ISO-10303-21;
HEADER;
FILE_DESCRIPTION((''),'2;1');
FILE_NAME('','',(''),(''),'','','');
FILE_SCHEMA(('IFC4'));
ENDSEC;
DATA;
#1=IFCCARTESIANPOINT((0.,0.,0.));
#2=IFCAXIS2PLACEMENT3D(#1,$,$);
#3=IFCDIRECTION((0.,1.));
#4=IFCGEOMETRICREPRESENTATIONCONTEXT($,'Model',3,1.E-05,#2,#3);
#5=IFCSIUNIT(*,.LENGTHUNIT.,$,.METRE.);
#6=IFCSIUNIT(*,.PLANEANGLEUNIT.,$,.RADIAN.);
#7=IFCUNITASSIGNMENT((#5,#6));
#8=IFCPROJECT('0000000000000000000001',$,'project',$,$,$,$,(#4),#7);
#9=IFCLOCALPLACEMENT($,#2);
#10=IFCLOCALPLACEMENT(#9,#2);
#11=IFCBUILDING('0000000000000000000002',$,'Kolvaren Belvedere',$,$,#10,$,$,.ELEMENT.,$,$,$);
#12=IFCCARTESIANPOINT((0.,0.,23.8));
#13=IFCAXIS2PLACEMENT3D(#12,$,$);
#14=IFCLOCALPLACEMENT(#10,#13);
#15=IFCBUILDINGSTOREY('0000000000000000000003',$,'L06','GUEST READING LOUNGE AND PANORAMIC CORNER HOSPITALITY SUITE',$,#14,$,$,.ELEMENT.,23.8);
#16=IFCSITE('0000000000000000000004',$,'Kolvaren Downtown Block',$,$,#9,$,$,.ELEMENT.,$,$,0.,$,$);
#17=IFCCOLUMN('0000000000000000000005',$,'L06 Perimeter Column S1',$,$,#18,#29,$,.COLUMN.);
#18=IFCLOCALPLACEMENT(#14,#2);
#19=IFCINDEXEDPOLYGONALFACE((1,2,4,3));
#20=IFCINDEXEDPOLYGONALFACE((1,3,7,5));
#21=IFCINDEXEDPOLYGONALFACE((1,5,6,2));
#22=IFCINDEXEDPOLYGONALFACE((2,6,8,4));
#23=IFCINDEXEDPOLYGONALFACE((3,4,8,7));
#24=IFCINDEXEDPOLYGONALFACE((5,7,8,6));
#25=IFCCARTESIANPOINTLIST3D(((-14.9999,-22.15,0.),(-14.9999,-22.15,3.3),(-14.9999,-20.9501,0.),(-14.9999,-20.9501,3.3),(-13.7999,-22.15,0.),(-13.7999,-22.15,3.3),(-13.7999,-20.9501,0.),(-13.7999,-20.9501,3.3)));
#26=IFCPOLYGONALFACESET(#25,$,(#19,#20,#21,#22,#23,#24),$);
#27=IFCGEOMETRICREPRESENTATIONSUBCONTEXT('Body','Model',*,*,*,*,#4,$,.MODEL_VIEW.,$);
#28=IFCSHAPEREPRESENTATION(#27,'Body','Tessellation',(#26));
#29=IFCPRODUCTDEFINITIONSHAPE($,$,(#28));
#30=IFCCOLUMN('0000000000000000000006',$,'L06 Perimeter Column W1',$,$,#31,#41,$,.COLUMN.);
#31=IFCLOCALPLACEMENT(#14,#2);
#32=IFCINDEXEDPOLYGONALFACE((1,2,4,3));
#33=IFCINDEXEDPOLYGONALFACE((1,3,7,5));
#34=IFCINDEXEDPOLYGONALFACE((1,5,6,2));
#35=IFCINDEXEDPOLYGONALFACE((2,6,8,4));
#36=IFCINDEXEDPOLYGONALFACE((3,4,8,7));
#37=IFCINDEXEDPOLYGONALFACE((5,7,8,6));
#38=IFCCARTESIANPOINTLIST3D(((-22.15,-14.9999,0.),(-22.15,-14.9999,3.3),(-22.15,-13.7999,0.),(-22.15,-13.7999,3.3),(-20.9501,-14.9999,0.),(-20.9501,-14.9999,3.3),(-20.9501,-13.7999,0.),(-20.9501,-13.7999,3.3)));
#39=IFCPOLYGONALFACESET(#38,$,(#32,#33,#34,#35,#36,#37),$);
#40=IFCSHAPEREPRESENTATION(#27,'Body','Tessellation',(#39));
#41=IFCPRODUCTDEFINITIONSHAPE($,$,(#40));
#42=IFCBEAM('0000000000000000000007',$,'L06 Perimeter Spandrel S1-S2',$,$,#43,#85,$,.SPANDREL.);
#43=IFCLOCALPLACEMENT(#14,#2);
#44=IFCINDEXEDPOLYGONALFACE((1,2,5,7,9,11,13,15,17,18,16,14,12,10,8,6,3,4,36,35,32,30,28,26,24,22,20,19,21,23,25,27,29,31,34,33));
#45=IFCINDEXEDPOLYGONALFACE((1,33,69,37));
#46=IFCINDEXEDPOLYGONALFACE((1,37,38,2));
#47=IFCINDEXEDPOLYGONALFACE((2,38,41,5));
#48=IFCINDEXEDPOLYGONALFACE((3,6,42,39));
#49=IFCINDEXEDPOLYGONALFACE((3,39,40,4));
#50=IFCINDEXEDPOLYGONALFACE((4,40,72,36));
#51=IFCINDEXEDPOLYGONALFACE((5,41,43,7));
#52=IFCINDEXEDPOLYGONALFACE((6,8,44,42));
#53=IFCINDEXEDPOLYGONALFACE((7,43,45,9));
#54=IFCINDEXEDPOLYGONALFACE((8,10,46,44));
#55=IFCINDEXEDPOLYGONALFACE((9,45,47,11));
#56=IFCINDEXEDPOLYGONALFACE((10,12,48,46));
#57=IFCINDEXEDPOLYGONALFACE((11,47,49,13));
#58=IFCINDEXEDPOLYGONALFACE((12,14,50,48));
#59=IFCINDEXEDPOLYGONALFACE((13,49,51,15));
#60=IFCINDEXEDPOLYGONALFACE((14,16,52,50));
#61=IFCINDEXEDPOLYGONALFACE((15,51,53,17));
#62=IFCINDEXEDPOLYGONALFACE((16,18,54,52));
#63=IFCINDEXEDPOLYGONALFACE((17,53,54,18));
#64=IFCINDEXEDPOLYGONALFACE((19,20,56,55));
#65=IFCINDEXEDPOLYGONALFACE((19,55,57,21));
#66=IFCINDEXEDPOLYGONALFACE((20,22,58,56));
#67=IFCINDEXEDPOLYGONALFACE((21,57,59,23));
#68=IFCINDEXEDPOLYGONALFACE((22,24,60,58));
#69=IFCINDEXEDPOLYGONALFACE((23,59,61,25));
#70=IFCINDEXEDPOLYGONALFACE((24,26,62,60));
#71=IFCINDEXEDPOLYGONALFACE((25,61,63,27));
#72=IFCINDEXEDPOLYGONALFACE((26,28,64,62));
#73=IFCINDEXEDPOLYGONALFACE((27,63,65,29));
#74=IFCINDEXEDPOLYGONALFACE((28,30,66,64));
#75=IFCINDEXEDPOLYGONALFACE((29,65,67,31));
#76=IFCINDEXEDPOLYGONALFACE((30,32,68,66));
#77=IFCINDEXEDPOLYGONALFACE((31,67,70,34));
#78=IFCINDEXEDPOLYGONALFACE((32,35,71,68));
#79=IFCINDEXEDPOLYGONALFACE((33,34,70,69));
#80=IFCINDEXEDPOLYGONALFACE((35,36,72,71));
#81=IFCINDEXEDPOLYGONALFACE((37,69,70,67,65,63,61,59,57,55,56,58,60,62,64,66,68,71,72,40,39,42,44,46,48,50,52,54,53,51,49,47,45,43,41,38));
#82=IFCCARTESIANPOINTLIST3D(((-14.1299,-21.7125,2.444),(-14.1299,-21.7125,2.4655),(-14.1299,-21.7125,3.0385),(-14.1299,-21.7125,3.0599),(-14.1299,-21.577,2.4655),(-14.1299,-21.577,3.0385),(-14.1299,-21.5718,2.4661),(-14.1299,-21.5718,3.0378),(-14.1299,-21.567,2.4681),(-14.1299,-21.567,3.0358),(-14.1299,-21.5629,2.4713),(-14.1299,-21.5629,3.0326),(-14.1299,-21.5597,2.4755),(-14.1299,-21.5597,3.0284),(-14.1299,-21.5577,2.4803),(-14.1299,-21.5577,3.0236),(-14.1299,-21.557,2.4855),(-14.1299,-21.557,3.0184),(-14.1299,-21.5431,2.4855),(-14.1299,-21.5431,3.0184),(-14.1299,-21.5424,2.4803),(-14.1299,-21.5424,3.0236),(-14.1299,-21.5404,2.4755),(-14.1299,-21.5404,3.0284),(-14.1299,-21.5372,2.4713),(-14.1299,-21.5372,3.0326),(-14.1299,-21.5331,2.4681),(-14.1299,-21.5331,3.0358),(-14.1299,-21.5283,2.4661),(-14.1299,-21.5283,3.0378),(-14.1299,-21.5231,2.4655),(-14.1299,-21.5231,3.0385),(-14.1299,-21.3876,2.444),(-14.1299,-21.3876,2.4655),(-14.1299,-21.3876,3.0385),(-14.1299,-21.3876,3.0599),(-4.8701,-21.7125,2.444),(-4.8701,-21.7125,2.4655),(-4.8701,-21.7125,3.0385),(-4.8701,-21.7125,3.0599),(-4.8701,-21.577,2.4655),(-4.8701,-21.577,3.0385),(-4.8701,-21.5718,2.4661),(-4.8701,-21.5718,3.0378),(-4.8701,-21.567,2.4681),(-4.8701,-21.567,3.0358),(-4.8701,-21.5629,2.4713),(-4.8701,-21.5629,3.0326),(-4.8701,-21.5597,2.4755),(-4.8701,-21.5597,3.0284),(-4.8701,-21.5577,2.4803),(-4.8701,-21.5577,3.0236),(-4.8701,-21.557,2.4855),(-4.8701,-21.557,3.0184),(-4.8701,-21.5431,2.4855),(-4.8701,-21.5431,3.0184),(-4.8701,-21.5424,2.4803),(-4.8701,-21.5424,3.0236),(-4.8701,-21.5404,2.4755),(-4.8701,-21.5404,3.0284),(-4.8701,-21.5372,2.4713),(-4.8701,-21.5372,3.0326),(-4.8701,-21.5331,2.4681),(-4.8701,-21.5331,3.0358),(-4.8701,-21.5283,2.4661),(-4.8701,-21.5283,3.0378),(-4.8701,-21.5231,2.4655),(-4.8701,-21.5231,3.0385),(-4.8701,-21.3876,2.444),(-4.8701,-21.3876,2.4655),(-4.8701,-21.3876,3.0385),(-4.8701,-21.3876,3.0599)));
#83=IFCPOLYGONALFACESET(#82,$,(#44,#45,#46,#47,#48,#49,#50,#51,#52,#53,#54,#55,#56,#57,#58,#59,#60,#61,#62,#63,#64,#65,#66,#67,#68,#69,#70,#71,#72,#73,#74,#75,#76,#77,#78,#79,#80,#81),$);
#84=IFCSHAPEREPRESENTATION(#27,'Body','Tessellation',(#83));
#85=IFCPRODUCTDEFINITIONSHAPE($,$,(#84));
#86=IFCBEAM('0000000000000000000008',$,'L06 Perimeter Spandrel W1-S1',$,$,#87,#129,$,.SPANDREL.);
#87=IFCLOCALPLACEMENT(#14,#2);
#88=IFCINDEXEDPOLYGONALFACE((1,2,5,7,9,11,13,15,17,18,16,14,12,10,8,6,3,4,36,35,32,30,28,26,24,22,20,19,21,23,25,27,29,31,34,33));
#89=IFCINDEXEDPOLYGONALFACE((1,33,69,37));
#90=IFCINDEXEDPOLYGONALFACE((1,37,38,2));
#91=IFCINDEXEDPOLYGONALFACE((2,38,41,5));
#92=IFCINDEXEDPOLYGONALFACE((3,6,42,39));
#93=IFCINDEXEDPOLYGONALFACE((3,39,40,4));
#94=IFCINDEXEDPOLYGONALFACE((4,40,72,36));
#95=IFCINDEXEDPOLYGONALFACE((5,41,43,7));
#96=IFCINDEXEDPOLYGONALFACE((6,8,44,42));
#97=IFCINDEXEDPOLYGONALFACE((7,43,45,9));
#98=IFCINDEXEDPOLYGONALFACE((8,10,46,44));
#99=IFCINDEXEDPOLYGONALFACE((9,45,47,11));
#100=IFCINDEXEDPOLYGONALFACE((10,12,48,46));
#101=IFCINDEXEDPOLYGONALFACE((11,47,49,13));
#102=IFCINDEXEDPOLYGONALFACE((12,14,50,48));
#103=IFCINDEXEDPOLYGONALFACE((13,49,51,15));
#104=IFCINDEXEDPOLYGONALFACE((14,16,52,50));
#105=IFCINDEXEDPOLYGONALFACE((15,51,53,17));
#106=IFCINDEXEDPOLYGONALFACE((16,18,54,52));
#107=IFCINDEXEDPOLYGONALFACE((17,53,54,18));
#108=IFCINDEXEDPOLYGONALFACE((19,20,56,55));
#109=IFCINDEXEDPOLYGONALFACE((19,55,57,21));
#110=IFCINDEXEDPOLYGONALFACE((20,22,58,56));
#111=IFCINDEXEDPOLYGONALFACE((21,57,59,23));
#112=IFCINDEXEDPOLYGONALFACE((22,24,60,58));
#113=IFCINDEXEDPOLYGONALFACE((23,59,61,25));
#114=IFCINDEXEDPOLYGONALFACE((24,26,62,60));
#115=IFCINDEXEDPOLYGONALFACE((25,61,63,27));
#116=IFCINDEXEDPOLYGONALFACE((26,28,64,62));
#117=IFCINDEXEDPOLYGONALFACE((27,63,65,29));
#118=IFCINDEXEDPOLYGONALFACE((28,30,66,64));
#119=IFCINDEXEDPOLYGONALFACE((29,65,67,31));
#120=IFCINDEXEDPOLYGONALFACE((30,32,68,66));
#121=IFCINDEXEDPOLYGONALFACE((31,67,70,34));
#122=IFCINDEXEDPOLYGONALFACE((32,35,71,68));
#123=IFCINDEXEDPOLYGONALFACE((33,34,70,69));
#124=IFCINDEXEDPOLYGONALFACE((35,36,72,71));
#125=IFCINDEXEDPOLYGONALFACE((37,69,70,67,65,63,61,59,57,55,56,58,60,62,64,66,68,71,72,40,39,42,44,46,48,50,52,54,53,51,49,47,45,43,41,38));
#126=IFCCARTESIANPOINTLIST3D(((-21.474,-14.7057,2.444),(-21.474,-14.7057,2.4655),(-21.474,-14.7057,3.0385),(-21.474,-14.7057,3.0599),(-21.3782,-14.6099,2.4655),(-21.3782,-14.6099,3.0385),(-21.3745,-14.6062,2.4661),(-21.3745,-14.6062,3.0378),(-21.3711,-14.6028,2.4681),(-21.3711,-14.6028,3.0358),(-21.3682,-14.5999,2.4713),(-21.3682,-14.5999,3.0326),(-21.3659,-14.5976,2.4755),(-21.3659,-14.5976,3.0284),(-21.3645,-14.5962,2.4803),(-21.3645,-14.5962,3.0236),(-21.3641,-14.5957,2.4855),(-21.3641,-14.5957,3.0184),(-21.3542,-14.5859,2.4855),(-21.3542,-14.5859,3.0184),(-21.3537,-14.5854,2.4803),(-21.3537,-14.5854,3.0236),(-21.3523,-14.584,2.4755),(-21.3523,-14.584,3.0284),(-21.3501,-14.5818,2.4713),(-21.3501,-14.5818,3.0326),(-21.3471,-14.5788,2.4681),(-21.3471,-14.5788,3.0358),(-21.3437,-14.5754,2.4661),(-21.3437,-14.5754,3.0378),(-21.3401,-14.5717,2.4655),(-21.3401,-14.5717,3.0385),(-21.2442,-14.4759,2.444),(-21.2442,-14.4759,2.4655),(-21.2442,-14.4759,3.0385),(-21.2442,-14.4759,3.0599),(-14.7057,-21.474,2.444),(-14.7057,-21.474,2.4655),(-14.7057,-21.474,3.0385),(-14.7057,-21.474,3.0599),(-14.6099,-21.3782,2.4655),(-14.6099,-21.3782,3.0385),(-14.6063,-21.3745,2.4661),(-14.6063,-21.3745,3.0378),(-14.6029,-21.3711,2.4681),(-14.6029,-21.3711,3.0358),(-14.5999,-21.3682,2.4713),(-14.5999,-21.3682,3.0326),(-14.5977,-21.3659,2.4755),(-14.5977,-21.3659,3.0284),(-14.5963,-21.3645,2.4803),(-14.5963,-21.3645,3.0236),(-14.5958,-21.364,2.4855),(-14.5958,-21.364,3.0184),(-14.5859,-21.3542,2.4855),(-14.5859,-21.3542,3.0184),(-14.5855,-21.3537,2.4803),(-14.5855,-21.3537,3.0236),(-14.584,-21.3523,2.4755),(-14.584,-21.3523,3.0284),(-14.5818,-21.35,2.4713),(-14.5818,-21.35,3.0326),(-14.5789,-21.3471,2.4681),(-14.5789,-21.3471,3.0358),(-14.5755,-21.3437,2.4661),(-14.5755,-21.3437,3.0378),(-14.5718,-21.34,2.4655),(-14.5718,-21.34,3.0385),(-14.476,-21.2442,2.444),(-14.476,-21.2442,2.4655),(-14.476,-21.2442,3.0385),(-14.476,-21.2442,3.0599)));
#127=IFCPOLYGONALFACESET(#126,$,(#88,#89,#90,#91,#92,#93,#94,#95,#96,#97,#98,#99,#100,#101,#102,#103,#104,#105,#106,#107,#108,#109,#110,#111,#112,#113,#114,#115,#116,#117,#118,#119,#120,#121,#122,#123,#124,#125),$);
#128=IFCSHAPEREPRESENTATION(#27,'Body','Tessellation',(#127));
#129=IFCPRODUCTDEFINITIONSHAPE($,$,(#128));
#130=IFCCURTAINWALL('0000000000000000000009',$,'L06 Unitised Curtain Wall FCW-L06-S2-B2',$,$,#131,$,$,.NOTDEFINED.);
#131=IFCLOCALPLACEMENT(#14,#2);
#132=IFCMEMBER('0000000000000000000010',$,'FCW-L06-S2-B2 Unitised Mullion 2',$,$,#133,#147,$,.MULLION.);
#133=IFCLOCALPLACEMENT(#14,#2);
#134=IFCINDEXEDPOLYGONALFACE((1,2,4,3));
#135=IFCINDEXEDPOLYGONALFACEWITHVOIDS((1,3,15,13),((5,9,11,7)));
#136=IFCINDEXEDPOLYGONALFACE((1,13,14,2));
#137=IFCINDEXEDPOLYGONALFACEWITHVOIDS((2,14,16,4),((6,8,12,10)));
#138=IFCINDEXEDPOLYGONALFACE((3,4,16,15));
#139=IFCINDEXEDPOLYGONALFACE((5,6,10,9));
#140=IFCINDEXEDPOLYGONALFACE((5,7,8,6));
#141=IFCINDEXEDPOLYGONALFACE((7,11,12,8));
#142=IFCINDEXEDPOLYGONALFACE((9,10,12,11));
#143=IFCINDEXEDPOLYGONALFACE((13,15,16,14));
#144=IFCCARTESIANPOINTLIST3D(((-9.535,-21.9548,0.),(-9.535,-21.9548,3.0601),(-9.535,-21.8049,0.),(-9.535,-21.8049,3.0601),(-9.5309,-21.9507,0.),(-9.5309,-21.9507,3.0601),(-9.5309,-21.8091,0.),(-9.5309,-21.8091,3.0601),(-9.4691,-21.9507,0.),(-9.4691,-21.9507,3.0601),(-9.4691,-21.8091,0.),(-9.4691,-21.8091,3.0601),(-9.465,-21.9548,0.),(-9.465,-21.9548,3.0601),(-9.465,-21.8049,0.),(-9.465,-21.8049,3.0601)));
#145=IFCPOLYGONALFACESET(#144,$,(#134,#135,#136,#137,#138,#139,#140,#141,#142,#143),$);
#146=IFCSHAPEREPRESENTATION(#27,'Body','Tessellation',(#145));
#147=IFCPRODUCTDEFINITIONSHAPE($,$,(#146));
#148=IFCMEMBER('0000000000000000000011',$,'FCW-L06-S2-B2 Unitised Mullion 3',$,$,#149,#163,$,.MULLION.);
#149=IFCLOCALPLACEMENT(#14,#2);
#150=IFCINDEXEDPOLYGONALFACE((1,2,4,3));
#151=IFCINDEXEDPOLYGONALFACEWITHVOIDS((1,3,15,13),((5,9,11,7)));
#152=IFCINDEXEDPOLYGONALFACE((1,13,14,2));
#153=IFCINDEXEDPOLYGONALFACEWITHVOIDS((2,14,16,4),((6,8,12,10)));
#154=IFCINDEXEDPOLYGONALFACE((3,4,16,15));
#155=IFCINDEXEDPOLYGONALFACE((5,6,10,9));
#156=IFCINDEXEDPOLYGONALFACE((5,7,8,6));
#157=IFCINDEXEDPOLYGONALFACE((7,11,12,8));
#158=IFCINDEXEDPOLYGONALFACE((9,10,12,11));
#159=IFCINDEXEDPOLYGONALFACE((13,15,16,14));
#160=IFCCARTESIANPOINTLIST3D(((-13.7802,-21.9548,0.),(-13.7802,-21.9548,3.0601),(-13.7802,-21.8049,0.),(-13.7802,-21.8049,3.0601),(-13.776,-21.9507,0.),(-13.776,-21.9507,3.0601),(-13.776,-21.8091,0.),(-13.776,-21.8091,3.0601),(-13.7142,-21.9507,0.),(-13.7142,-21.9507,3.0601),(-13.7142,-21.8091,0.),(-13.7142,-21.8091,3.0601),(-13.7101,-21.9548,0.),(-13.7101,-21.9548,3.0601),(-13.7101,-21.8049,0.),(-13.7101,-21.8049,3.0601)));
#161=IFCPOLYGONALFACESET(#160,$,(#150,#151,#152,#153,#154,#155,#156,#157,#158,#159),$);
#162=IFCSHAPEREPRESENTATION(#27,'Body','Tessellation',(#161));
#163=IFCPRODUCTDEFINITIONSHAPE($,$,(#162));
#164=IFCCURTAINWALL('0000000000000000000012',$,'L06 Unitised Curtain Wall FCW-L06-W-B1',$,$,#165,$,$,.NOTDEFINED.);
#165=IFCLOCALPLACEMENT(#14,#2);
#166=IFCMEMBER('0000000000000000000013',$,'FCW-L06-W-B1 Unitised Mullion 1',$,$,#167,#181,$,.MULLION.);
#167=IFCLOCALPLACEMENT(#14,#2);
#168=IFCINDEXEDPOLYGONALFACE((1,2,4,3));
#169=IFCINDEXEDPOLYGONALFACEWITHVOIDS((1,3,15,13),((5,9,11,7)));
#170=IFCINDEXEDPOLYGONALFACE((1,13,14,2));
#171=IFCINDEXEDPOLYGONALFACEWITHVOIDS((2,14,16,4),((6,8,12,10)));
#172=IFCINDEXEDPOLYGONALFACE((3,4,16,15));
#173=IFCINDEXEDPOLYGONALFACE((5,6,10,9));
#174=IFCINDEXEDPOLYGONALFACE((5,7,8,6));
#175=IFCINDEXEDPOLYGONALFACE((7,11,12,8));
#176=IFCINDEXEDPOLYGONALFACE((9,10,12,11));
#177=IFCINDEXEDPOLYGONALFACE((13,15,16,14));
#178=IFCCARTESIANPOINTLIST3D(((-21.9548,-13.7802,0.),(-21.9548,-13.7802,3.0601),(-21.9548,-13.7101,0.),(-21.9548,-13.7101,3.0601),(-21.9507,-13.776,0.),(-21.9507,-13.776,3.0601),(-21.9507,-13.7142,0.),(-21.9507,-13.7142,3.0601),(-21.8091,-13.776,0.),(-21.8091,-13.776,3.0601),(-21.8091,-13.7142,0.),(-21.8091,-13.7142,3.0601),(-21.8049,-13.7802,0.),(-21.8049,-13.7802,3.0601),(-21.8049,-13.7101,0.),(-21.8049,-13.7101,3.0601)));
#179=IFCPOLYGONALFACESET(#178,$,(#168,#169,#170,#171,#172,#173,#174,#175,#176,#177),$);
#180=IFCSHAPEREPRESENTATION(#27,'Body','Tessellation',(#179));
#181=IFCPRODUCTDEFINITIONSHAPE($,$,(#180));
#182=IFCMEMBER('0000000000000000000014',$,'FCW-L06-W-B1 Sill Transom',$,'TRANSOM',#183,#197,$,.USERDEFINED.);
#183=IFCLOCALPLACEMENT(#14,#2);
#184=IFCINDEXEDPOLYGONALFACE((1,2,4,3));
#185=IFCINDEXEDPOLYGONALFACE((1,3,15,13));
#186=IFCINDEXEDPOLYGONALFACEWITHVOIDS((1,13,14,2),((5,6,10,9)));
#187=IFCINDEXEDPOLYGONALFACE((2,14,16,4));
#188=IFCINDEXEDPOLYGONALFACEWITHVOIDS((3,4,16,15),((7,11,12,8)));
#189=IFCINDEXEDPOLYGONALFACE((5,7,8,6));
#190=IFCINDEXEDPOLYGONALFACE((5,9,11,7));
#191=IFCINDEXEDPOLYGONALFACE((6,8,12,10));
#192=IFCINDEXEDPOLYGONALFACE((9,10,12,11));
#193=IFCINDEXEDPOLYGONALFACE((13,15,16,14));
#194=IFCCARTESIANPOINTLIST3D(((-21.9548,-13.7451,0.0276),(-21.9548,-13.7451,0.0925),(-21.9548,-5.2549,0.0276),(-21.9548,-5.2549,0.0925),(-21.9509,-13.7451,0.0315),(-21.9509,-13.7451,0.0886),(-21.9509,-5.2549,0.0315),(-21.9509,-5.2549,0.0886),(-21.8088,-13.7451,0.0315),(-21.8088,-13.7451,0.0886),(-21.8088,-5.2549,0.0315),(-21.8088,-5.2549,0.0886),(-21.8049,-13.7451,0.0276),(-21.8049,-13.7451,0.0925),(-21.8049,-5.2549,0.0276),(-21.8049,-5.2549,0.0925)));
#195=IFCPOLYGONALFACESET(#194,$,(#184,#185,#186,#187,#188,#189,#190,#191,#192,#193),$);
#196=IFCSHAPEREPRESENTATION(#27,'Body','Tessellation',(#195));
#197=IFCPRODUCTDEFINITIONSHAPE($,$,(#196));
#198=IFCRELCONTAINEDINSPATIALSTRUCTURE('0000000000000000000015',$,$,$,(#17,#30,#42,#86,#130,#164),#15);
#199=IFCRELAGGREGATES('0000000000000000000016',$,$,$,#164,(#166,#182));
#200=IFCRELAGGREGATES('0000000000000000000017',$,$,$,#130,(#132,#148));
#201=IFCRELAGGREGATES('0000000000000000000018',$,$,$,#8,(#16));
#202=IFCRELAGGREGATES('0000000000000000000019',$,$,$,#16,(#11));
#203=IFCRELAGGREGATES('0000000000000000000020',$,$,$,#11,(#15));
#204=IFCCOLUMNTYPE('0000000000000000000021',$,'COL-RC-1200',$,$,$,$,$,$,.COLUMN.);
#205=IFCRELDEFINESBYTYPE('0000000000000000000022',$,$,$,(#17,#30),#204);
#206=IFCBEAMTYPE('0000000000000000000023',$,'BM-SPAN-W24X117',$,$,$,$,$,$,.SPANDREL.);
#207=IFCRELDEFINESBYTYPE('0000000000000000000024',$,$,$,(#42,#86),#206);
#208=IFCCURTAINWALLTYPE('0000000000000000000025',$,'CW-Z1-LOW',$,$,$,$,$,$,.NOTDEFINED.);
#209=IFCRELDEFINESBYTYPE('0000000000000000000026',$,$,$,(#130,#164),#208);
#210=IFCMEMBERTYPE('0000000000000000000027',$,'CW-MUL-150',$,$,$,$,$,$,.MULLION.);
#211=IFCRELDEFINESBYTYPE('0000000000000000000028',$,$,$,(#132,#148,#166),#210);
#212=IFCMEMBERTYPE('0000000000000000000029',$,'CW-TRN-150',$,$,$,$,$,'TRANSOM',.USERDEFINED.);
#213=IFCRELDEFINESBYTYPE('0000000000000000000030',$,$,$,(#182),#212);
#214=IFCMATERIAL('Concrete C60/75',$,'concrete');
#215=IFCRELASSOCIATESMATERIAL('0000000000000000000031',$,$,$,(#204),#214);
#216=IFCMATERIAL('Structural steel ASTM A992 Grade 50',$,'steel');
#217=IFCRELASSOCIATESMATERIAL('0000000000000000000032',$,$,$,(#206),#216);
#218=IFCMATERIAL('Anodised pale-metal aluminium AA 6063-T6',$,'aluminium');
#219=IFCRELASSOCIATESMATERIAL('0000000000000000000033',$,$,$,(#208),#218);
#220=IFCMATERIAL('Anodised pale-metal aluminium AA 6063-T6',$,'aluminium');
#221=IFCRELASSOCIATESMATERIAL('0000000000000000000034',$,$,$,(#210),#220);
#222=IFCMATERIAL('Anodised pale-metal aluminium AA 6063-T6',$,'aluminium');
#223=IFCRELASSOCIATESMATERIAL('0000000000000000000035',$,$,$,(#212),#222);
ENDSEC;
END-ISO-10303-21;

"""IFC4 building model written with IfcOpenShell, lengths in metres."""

from ifc_helpers import new_model, si_unit, direction, frame, origin, origin_2d, place, context, subcontext, project, spatial, rectangle, hollow_rectangle, i_section, extrude, material, material_profile, profile_set, type_object, element, aggregate, save


model = new_model("IFC4")

# Units and contexts
model_context = context("Model", 3, precision=1e-05, world=origin(), true_north=direction((0.0, 1.0)))
body_context = subcontext(model_context, "Body", "Model", "MODEL_VIEW")
ifc_project = project(units=[si_unit("LENGTHUNIT", "METRE"), si_unit("PLANEANGLEUNIT", "RADIAN")], contexts=[model_context])

# Site, building, storey
site_placement = place(None, origin())
site = spatial("IfcSite", under=ifc_project, at=site_placement, Name="Kolvaren Downtown Block", CompositionType="ELEMENT", RefElevation=0.0)
building_placement = place(site_placement, origin())
building = spatial("IfcBuilding", under=site, at=building_placement, Name="Kolvaren Belvedere", CompositionType="ELEMENT")
storey_placement = place(building_placement, frame((0.0, 0.0, 23.8)))
storey = spatial("IfcBuildingStorey", under=building, at=storey_placement, Name="L06", Description="GUEST READING LOUNGE AND PANORAMIC CORNER HOSPITALITY SUITE", CompositionType="ELEMENT", Elevation=23.8)

# Columns
ifc_material_1 = material(Name="Concrete C60/75", Category="concrete")
ifc_material_profile_1 = material_profile(ifc_material_1, rectangle(XDim=1.2, YDim=1.2, at=origin_2d()), Name="RC 1200X1200")
ifc_profile_set_1 = profile_set([ifc_material_profile_1], Name="Concrete C60/75")
column_type = type_object("IfcColumnType", Name="COL-RC-1200", PredefinedType="COLUMN", material=ifc_profile_set_1)
for number, where, z_axis, x_axis, name in (
    (1, (-14.3999, -21.55, 0.0), (0.0, 0.0, 1.0), (1.0, 0.0, 0.0), "L06 Perimeter Column S1"),
    (2, (-21.55, -14.3999, 0.0), (0.0, 0.0, 1.0), (1.0, 0.0, 0.0), "L06 Perimeter Column W1"),
):
    element("IfcColumn", number, at=place(storey_placement, frame(where, z_axis=z_axis, x_axis=x_axis)), inside=storey, type_object=column_type, Name=name, PredefinedType="COLUMN", context=body_context, shape_type="SweptSolid", body=[
        extrude(rectangle(XDim=1.2, YDim=1.2, at=origin_2d()), origin(), (0.0, 0.0, 1.0), 3.3),
    ])

# Beams
ifc_material_2 = material(Name="Structural steel ASTM A992 Grade 50", Category="steel")
ifc_material_profile_2 = material_profile(ifc_material_2, i_section(OverallWidth=0.325, OverallDepth=0.616, WebThickness=0.0139, FlangeThickness=0.0215, FilletRadius=0.02, at=origin_2d()), Name="W24X117")
ifc_profile_set_2 = profile_set([ifc_material_profile_2], Name="Structural steel ASTM A992 Grade 50")
beam_type = type_object("IfcBeamType", Name="BM-SPAN-W24X117", PredefinedType="SPANDREL", material=ifc_profile_set_2)
beam_1_placement = place(storey_placement, frame((-14.1299, -21.55, 2.752), z_axis=(1.0, 0.0, 0.0), x_axis=(0.0, 1.0, 0.0)))
element("IfcBeam", 3, at=beam_1_placement, inside=storey, type_object=beam_type, Name="L06 Perimeter Spandrel S1-S2", PredefinedType="SPANDREL", context=body_context, shape_type="SweptSolid", body=[
    extrude(i_section(OverallWidth=0.325, OverallDepth=0.616, WebThickness=0.0139, FlangeThickness=0.0215, FilletRadius=0.02, at=origin_2d()), origin(), (0.0, 0.0, 1.0), 9.2598),
])
beam_2_placement = place(storey_placement, frame((-21.3591, -14.5908, 2.752), z_axis=(0.707107, -0.707107, 0.0), x_axis=(0.707107, 0.707107, 0.0)))
element("IfcBeam", 4, at=beam_2_placement, inside=storey, type_object=beam_type, Name="L06 Perimeter Spandrel W1-S1", PredefinedType="SPANDREL", context=body_context, shape_type="SweptSolid", body=[
    extrude(i_section(OverallWidth=0.325, OverallDepth=0.616, WebThickness=0.0139, FlangeThickness=0.0215, FilletRadius=0.02, at=origin_2d()), origin(), (0.0, 0.0, 1.0), 9.5718),
])

# Curtain walls, members
ifc_material_3 = material(Name="Anodised pale-metal aluminium AA 6063-T6", Category="aluminium")
curtain_wall_type = type_object("IfcCurtainWallType", Name="CW-Z1-LOW", PredefinedType="NOTDEFINED", material=ifc_material_3)
curtain_wall_1_placement = place(storey_placement, origin())
curtain_wall_1 = element("IfcCurtainWall", 5, at=curtain_wall_1_placement, inside=storey, type_object=curtain_wall_type, Name="L06 Unitised Curtain Wall FCW-L06-S2-B2", PredefinedType="NOTDEFINED")
ifc_material_4 = material(Name="Anodised pale-metal aluminium AA 6063-T6", Category="aluminium")
ifc_material_profile_3 = material_profile(ifc_material_4, hollow_rectangle(XDim=0.0701, YDim=0.1499, WallThickness=0.0042, at=origin_2d()), Name="ALU-MUL-150X70")
ifc_profile_set_3 = profile_set([ifc_material_profile_3], Name="Anodised pale-metal aluminium AA 6063-T6")
member_type_1 = type_object("IfcMemberType", Name="CW-MUL-150", PredefinedType="MULLION", material=ifc_profile_set_3)
member_1_placement = place(storey_placement, frame((-9.5, -21.8799, 0.0), z_axis=(0.0, 0.0, 1.0), x_axis=(1.0, 0.0, 0.0)))
member_1 = element("IfcMember", 6, at=member_1_placement, type_object=member_type_1, Name="FCW-L06-S2-B2 Unitised Mullion 2", PredefinedType="MULLION", context=body_context, shape_type="SweptSolid", body=[
    extrude(hollow_rectangle(XDim=0.0701, YDim=0.1499, WallThickness=0.0042, at=origin_2d()), origin(), (0.0, 0.0, 1.0), 3.0601),
])
member_2_placement = place(storey_placement, frame((-13.7451, -21.8799, 0.0), z_axis=(0.0, 0.0, 1.0), x_axis=(1.0, 0.0, 0.0)))
member_2 = element("IfcMember", 7, at=member_2_placement, type_object=member_type_1, Name="FCW-L06-S2-B2 Unitised Mullion 3", PredefinedType="MULLION", context=body_context, shape_type="SweptSolid", body=[
    extrude(hollow_rectangle(XDim=0.0701, YDim=0.1499, WallThickness=0.0042, at=origin_2d()), origin(), (0.0, 0.0, 1.0), 3.0601),
])
curtain_wall_2_placement = place(storey_placement, origin())
curtain_wall_2 = element("IfcCurtainWall", 8, at=curtain_wall_2_placement, inside=storey, type_object=curtain_wall_type, Name="L06 Unitised Curtain Wall FCW-L06-W-B1", PredefinedType="NOTDEFINED")
member_3_placement = place(storey_placement, frame((-21.8799, -13.7451, 0.0), z_axis=(0.0, 0.0, 1.0), x_axis=(0.0, 1.0, 0.0)))
member_3 = element("IfcMember", 9, at=member_3_placement, type_object=member_type_1, Name="FCW-L06-W-B1 Unitised Mullion 1", PredefinedType="MULLION", context=body_context, shape_type="SweptSolid", body=[
    extrude(hollow_rectangle(XDim=0.0701, YDim=0.1499, WallThickness=0.0042, at=origin_2d()), origin(), (0.0, 0.0, 1.0), 3.0601),
])
ifc_material_5 = material(Name="Anodised pale-metal aluminium AA 6063-T6", Category="aluminium")
ifc_material_profile_4 = material_profile(ifc_material_5, hollow_rectangle(XDim=0.0649, YDim=0.1499, WallThickness=0.0039, at=origin_2d()), Name="ALU-TRN-150X65")
ifc_profile_set_4 = profile_set([ifc_material_profile_4], Name="Anodised pale-metal aluminium AA 6063-T6")
member_type_2 = type_object("IfcMemberType", Name="CW-TRN-150", ElementType="TRANSOM", PredefinedType="USERDEFINED", material=ifc_profile_set_4)
member_4_placement = place(storey_placement, frame((-21.8799, -13.7451, 0.0601), z_axis=(0.0, 1.0, 0.0), x_axis=(0.0, 0.0, 1.0)))
member_4 = element("IfcMember", 10, at=member_4_placement, type_object=member_type_2, Name="FCW-L06-W-B1 Sill Transom", ObjectType="TRANSOM", PredefinedType="USERDEFINED", context=body_context, shape_type="SweptSolid", body=[
    extrude(hollow_rectangle(XDim=0.0649, YDim=0.1499, WallThickness=0.0039, at=origin_2d()), origin(), (0.0, 0.0, 1.0), 8.4902),
])
aggregate(curtain_wall_2, [member_3, member_4])

aggregate(curtain_wall_1, [member_1, member_2])

save(model, "model.ifc")
